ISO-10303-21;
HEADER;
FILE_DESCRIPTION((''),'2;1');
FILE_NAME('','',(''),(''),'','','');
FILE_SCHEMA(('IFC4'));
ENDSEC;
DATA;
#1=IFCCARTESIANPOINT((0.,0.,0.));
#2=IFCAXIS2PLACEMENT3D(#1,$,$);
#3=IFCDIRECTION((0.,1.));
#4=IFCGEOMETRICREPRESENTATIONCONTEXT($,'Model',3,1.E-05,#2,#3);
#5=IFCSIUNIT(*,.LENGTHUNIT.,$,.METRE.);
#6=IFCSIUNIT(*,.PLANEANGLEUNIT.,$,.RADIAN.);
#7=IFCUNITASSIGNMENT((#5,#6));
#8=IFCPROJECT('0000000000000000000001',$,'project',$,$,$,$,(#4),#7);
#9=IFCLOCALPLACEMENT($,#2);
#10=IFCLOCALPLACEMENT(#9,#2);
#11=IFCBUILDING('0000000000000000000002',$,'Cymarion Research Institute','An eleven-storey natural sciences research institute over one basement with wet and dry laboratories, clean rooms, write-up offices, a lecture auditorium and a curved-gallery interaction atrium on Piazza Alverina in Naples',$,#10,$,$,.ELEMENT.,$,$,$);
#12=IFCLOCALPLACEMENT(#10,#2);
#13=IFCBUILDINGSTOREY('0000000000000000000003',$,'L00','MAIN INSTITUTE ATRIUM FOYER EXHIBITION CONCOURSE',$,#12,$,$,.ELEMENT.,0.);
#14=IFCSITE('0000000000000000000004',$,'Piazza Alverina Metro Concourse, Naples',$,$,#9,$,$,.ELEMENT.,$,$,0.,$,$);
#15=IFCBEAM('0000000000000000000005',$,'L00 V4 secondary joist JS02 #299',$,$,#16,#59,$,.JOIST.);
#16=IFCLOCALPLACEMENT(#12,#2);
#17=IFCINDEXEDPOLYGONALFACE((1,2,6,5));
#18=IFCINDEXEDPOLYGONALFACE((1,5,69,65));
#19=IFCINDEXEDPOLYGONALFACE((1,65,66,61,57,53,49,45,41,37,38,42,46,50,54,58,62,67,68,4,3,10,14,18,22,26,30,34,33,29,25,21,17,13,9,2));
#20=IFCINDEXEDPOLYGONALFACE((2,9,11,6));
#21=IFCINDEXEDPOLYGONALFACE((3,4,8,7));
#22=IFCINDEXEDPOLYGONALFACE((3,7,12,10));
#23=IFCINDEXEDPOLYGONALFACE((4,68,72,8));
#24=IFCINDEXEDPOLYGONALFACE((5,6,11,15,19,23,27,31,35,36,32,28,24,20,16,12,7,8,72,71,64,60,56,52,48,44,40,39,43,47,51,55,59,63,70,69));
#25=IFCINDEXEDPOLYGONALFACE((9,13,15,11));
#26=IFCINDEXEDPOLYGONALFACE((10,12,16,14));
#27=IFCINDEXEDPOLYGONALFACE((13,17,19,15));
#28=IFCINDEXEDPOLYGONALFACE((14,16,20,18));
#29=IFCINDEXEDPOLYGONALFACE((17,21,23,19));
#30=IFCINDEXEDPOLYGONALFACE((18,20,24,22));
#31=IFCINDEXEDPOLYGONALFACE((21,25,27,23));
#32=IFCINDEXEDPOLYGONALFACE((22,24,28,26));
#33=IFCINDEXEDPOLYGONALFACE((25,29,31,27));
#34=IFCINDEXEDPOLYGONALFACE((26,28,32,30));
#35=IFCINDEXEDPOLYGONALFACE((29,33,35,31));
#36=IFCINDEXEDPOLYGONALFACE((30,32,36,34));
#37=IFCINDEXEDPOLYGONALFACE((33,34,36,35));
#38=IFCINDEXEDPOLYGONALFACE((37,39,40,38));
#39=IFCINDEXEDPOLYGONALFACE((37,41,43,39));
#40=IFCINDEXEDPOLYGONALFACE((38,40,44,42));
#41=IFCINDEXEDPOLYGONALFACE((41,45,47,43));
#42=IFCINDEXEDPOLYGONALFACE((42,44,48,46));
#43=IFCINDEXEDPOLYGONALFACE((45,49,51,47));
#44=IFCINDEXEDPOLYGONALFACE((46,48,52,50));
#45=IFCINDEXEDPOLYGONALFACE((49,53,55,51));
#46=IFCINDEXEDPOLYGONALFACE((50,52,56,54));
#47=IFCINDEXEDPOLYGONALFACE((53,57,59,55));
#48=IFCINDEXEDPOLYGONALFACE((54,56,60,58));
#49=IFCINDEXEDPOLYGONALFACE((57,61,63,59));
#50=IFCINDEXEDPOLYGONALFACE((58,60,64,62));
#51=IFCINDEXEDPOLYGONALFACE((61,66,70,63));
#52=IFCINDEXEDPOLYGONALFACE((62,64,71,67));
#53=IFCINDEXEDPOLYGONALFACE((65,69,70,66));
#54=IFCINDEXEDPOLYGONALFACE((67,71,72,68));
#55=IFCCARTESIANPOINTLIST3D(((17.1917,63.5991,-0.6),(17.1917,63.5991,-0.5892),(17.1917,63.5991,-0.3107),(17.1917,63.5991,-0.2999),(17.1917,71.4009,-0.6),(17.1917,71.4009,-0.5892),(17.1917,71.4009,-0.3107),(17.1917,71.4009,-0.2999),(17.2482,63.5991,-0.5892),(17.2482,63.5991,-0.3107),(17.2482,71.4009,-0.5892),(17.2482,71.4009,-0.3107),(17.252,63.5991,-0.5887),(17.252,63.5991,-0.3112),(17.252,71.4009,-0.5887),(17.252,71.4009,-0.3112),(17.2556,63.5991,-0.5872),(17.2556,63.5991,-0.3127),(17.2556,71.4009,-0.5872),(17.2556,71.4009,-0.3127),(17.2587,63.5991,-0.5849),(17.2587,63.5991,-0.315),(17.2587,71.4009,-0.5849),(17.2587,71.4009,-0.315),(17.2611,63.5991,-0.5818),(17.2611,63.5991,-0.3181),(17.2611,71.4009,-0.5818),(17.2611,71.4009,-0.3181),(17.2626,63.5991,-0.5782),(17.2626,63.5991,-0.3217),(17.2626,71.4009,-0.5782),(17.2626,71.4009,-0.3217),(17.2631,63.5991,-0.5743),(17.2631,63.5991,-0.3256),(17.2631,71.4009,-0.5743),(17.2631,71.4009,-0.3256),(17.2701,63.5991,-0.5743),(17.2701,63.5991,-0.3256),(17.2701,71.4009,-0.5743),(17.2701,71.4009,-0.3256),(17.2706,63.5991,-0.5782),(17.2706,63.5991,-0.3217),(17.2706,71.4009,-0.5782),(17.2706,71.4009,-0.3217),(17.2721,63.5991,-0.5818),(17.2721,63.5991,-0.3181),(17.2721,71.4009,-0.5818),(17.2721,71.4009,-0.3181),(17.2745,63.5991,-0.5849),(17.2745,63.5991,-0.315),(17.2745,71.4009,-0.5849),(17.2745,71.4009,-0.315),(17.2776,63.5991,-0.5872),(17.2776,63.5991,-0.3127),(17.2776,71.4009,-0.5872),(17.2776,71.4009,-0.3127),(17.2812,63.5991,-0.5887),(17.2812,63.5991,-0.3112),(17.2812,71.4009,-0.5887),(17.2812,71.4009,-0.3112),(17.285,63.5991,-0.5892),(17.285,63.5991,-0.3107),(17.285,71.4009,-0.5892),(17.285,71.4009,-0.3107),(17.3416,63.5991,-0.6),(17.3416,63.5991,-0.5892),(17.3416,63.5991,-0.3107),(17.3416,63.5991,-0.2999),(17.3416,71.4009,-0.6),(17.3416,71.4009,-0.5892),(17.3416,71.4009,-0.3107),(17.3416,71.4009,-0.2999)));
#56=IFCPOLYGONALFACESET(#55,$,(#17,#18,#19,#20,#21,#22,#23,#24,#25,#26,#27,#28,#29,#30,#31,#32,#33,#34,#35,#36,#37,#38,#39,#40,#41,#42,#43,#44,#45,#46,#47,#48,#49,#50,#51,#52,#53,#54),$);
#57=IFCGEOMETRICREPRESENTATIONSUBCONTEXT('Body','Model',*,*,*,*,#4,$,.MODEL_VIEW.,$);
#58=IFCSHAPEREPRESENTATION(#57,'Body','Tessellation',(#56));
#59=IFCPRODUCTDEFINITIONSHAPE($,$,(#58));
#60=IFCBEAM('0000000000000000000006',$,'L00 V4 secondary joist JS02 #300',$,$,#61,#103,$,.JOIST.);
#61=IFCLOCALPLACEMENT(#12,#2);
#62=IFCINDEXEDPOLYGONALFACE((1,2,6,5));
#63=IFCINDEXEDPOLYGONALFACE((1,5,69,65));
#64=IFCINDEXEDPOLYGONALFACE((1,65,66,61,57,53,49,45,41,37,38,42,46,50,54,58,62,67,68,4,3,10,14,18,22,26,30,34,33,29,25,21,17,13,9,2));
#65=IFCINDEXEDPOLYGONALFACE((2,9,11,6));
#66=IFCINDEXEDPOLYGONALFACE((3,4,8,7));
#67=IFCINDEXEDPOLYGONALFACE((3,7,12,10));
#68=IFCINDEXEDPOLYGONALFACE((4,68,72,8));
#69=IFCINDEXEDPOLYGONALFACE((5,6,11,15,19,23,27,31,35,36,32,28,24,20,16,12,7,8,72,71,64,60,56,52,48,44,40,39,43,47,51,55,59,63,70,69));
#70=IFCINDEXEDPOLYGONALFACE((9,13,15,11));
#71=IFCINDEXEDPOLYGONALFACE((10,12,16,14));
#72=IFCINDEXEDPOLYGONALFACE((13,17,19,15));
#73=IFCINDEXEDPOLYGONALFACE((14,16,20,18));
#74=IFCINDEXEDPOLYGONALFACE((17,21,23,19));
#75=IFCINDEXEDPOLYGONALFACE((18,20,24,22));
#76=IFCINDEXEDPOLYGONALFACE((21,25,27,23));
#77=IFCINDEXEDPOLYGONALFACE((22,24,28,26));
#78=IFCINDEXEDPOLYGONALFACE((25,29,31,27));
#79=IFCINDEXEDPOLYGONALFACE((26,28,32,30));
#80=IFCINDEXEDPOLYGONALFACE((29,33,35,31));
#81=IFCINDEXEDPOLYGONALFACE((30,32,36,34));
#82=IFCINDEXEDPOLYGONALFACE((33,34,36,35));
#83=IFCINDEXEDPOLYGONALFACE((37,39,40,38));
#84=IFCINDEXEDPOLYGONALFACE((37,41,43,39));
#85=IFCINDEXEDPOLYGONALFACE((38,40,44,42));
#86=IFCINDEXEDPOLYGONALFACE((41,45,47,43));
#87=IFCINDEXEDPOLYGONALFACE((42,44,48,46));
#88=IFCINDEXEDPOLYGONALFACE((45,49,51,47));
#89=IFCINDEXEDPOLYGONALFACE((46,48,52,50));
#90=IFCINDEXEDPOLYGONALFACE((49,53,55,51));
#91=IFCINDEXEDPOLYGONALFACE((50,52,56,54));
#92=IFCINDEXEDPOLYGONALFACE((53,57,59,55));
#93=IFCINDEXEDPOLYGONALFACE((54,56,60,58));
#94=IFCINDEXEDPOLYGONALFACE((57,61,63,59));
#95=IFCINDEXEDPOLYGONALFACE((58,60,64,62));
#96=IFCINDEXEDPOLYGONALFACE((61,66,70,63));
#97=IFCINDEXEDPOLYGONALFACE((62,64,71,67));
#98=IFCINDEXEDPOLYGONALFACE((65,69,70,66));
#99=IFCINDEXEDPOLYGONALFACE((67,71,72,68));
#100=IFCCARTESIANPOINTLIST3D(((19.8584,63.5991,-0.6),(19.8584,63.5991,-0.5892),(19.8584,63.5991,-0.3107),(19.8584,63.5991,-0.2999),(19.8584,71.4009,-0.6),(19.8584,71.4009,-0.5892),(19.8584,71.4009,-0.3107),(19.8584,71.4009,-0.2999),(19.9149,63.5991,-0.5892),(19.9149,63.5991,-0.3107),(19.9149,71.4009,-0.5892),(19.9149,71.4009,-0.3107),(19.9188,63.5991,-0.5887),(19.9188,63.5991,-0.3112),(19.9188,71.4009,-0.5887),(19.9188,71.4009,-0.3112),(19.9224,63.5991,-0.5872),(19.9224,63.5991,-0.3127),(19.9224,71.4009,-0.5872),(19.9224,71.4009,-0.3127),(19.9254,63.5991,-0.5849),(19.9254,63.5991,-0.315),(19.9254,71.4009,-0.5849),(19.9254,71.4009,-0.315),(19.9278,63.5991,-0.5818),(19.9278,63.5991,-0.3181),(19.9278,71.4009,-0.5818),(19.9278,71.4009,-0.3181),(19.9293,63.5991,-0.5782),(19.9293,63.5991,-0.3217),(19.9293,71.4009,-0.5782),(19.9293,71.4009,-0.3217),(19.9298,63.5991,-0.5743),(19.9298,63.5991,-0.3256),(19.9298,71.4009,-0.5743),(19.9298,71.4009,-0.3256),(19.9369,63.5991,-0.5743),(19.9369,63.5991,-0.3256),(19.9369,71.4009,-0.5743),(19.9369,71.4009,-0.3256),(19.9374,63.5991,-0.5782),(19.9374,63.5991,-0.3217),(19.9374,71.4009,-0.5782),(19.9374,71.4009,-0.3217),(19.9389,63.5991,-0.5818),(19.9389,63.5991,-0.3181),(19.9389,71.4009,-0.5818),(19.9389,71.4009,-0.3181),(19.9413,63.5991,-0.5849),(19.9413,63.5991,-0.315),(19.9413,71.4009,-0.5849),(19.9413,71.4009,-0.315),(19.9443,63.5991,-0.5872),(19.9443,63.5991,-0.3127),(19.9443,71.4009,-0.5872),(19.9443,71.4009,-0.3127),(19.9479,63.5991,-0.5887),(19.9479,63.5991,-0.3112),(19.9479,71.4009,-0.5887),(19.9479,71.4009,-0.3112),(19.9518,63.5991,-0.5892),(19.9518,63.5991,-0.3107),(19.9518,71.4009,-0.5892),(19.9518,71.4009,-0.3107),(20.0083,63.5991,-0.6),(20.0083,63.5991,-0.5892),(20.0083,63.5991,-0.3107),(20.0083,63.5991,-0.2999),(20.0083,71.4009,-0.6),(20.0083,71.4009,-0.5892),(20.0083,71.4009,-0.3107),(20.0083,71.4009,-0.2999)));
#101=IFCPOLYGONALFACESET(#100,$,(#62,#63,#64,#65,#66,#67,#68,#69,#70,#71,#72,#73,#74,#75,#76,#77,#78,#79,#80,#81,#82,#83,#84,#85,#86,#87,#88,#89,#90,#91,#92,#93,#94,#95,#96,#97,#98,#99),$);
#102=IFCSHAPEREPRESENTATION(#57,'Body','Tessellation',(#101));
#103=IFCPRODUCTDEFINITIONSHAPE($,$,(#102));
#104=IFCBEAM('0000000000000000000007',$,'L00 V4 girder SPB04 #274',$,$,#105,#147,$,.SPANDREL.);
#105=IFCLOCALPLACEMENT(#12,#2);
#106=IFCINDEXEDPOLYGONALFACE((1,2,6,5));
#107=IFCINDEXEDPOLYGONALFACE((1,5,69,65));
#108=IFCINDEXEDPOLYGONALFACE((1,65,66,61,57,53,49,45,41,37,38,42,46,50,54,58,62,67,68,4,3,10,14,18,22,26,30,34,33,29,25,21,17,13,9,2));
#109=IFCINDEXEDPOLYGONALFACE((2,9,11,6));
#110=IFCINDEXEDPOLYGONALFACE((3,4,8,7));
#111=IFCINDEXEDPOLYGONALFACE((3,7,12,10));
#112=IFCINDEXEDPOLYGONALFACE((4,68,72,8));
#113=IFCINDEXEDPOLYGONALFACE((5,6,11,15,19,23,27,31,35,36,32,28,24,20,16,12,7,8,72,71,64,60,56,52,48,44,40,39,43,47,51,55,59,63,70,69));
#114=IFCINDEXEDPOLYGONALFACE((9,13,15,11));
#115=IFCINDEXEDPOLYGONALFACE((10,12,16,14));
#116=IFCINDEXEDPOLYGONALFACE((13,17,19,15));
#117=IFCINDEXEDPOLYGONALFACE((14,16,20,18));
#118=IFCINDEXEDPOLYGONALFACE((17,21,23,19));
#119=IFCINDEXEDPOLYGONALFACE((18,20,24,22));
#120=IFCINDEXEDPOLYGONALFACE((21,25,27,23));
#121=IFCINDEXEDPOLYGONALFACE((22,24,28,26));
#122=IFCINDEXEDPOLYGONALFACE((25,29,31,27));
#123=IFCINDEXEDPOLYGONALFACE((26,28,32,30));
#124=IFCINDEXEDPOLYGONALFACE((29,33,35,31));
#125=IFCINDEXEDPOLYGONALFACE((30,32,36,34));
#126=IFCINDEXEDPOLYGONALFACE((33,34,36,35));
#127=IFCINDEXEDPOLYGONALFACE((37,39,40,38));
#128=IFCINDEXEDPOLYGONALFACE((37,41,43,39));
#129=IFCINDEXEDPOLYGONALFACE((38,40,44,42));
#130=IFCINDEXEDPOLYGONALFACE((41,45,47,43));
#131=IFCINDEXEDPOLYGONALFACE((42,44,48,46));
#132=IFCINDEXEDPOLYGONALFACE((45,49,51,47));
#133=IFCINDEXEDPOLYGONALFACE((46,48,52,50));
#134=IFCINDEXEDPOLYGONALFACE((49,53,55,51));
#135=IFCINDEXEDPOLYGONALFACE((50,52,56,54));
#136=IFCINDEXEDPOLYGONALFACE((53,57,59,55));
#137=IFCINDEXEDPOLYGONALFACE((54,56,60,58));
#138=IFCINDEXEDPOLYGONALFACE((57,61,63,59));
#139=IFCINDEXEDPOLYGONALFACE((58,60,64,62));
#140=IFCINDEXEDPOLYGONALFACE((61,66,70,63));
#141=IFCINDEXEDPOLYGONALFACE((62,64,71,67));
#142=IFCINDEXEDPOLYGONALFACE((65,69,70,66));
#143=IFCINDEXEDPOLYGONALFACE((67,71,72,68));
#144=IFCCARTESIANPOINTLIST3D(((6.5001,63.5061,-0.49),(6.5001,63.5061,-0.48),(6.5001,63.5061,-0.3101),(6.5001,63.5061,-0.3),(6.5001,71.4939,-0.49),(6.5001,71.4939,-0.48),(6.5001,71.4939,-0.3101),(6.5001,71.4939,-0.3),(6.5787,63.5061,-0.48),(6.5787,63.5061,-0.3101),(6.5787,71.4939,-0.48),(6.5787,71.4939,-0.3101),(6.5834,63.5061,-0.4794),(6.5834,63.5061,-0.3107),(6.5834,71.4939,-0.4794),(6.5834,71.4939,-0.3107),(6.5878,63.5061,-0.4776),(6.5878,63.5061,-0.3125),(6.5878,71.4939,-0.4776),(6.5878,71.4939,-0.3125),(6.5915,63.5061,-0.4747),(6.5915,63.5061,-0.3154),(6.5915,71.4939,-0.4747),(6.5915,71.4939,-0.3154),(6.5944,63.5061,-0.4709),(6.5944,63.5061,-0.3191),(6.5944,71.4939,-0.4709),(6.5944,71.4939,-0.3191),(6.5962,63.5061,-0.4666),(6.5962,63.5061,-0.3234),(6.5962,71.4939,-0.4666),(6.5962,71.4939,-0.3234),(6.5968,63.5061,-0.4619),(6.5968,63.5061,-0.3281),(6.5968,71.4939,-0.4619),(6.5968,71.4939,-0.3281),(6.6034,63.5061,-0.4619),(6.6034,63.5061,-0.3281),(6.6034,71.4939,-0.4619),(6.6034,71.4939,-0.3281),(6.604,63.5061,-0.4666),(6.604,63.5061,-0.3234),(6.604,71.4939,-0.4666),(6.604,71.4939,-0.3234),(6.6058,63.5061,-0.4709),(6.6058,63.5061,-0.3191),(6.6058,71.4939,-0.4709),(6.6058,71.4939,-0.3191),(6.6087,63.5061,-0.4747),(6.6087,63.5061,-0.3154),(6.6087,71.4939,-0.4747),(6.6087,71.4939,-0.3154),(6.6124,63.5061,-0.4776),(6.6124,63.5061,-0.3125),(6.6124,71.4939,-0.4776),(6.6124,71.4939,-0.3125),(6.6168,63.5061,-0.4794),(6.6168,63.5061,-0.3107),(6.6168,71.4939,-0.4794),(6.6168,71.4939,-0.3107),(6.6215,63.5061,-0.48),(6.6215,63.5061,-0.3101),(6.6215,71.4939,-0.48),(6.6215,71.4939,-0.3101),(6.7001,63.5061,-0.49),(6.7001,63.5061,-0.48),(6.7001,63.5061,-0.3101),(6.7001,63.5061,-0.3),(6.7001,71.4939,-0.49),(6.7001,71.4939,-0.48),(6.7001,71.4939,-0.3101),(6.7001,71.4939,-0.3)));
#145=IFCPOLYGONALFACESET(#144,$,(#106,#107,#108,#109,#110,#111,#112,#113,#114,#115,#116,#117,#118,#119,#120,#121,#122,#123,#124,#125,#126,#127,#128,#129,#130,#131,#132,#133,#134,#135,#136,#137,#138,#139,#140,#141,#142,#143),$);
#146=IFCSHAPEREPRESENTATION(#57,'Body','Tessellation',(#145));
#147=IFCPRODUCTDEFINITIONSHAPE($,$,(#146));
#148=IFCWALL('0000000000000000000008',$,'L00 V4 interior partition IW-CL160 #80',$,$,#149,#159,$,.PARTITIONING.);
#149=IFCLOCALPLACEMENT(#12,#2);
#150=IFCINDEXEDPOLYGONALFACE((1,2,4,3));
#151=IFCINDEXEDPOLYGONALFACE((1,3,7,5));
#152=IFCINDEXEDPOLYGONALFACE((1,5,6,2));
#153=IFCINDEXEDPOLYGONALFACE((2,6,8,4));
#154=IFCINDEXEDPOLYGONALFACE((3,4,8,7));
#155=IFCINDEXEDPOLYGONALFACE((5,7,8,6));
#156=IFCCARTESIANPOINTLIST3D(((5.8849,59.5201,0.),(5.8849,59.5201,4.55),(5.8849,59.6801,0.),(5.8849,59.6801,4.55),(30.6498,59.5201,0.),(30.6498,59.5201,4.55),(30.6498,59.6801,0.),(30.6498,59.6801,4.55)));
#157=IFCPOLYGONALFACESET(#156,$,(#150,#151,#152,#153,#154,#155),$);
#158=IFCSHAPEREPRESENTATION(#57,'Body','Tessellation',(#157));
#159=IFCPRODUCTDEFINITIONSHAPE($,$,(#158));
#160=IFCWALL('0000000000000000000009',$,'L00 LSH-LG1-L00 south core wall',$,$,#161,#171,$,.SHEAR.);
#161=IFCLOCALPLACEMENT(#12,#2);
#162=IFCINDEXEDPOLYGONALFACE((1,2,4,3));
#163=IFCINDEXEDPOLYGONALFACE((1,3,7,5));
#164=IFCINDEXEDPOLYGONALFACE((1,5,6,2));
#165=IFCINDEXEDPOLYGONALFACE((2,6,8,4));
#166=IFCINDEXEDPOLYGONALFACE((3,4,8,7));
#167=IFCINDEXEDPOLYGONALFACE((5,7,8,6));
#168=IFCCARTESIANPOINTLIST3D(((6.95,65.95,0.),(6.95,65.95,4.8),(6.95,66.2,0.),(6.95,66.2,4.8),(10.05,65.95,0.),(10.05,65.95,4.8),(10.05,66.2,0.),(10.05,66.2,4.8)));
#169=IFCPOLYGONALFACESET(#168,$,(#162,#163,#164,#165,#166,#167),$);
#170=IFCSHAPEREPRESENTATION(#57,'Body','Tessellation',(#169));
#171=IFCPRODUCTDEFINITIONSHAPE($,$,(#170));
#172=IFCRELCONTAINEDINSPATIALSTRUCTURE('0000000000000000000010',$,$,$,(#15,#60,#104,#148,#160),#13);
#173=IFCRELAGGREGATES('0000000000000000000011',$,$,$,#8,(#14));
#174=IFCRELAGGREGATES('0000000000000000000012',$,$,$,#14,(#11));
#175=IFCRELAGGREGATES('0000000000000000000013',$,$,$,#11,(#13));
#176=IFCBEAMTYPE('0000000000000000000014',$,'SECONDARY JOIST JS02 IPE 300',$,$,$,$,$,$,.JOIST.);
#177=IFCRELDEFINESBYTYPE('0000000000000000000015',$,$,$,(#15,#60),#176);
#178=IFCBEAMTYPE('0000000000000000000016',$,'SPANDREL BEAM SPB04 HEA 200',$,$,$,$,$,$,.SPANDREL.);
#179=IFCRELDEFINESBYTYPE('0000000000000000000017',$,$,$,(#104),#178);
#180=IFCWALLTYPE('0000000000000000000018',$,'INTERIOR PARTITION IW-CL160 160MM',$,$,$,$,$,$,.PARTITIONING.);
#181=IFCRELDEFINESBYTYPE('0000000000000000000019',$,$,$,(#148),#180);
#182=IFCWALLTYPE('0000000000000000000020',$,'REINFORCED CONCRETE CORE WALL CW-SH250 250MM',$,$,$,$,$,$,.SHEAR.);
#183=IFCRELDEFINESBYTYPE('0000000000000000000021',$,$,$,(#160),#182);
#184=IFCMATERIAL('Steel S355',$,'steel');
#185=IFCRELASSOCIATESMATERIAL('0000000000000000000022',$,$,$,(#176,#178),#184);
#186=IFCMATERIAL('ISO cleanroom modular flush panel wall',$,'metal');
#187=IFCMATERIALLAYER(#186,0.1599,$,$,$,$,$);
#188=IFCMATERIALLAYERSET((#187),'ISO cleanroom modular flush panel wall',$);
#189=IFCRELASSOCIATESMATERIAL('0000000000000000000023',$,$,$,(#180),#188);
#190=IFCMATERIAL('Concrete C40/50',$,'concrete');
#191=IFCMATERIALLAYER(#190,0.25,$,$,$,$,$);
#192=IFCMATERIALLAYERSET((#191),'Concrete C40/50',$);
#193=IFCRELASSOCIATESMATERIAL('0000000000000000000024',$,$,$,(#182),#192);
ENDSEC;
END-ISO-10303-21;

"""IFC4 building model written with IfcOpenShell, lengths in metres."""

from ifc_helpers import new_model, si_unit, direction, frame, frame_2d, origin, origin_2d, place, context, subcontext, project, spatial, rectangle, i_section, extrude, material, layer, layer_set, material_profile, profile_set, type_object, element, save


model = new_model("IFC4")

# Units and contexts
model_context = context("Model", 3, precision=1e-05, world=origin(), true_north=direction((0.0, 1.0)))
body_context = subcontext(model_context, "Body", "Model", "MODEL_VIEW")
ifc_project = project(units=[si_unit("LENGTHUNIT", "METRE"), si_unit("PLANEANGLEUNIT", "RADIAN")], contexts=[model_context])

# Site, building, storey
site_placement = place(None, origin())
site = spatial("IfcSite", under=ifc_project, at=site_placement, Name="Piazza Alverina Metro Concourse, Naples", CompositionType="ELEMENT", RefElevation=0.0)
building_placement = place(site_placement, origin())
building = spatial("IfcBuilding", under=site, at=building_placement, Name="Cymarion Research Institute", Description="An eleven-storey natural sciences research institute over one basement with wet and dry laboratories, clean rooms, write-up offices, a lecture auditorium and a curved-gallery interaction atrium on Piazza Alverina in Naples", CompositionType="ELEMENT")
storey_placement = place(building_placement, origin())
storey = spatial("IfcBuildingStorey", under=building, at=storey_placement, Name="L00", Description="MAIN INSTITUTE ATRIUM FOYER EXHIBITION CONCOURSE", CompositionType="ELEMENT", Elevation=0.0)

# Shared definitions
ifc_material_1 = material(Name="Steel S355", Category="steel")
ifc_material_2 = material(Name="Concrete C40/50", Category="concrete")

# Beams
ifc_material_profile_1 = material_profile(ifc_material_1, i_section(OverallWidth=0.1499, OverallDepth=0.3, WebThickness=0.0071, FlangeThickness=0.0107, FilletRadius=0.0149, at=origin_2d()), Name="IPE 300")
ifc_profile_set_1 = profile_set([ifc_material_profile_1], Name="Steel S355")
beam_type_1 = type_object("IfcBeamType", Name="SECONDARY JOIST JS02 IPE 300", PredefinedType="JOIST", material=ifc_profile_set_1)
for number, where, z_axis, x_axis, name in (
    (1, (17.2666, 63.5991, -0.45), (0.0, 1.0, 0.0), (-1.0, 0.0, 0.0), "L00 V4 secondary joist JS02 #299"),
    (2, (19.9333, 63.5991, -0.45), (0.0, 1.0, 0.0), (-1.0, 0.0, 0.0), "L00 V4 secondary joist JS02 #300"),
):
    element("IfcBeam", number, at=place(storey_placement, frame(where, z_axis=z_axis, x_axis=x_axis)), inside=storey, type_object=beam_type_1, Name=name, PredefinedType="JOIST", context=body_context, shape_type="SweptSolid", body=[
        extrude(i_section(OverallWidth=0.1499, OverallDepth=0.3, WebThickness=0.0071, FlangeThickness=0.0107, FilletRadius=0.0149, at=origin_2d()), origin(), (0.0, 0.0, 1.0), 7.8018),
    ])
ifc_material_profile_2 = material_profile(ifc_material_1, i_section(OverallWidth=0.2, OverallDepth=0.1899, WebThickness=0.0066, FlangeThickness=0.01, FilletRadius=0.0181, at=origin_2d()), Name="HEA 200")
ifc_profile_set_2 = profile_set([ifc_material_profile_2], Name="Steel S355")
beam_type_2 = type_object("IfcBeamType", Name="SPANDREL BEAM SPB04 HEA 200", PredefinedType="SPANDREL", material=ifc_profile_set_2)
beam_placement = place(storey_placement, frame((6.6001, 63.5061, -0.395), z_axis=(0.0, 1.0, 0.0), x_axis=(-1.0, 0.0, 0.0)))
element("IfcBeam", 3, at=beam_placement, inside=storey, type_object=beam_type_2, Name="L00 V4 girder SPB04 #274", PredefinedType="SPANDREL", context=body_context, shape_type="SweptSolid", body=[
    extrude(i_section(OverallWidth=0.2, OverallDepth=0.1899, WebThickness=0.0066, FlangeThickness=0.01, FilletRadius=0.0181, at=origin_2d()), origin(), (0.0, 0.0, 1.0), 7.9878),
])

# Walls
ifc_material_3 = material(Name="ISO cleanroom modular flush panel wall", Category="metal")
ifc_layer_1 = layer(ifc_material_3, 0.1599)
ifc_layer_set_1 = layer_set([ifc_layer_1], Name="ISO cleanroom modular flush panel wall")
wall_type_1 = type_object("IfcWallType", Name="INTERIOR PARTITION IW-CL160 160MM", PredefinedType="PARTITIONING", material=ifc_layer_set_1)
wall_1_placement = place(storey_placement, frame((5.885, 59.6001, 0.0), z_axis=(0.0, 0.0, 1.0), x_axis=(1.0, 0.0, 0.0)))
element("IfcWall", 4, at=wall_1_placement, inside=storey, type_object=wall_type_1, Name="L00 V4 interior partition IW-CL160 #80", PredefinedType="PARTITIONING", context=body_context, shape_type="SweptSolid", body=[
    extrude(rectangle(XDim=24.7649, YDim=0.1599, at=frame_2d((12.3823, 0.0))), origin(), (0.0, 0.0, 1.0), 4.55),
])
ifc_layer_2 = layer(ifc_material_2, 0.25)
ifc_layer_set_2 = layer_set([ifc_layer_2], Name="Concrete C40/50")
wall_type_2 = type_object("IfcWallType", Name="REINFORCED CONCRETE CORE WALL CW-SH250 250MM", PredefinedType="SHEAR", material=ifc_layer_set_2)
wall_2_placement = place(storey_placement, frame((6.95, 66.075, 0.0), z_axis=(0.0, 0.0, 1.0), x_axis=(1.0, 0.0, 0.0)))
element("IfcWall", 5, at=wall_2_placement, inside=storey, type_object=wall_type_2, Name="L00 LSH-LG1-L00 south core wall", PredefinedType="SHEAR", context=body_context, shape_type="SweptSolid", body=[
    extrude(rectangle(XDim=3.1001, YDim=0.25, at=frame_2d((1.55, 0.0))), origin(), (0.0, 0.0, 1.0), 4.8),
])

save(model, "model.ifc")
